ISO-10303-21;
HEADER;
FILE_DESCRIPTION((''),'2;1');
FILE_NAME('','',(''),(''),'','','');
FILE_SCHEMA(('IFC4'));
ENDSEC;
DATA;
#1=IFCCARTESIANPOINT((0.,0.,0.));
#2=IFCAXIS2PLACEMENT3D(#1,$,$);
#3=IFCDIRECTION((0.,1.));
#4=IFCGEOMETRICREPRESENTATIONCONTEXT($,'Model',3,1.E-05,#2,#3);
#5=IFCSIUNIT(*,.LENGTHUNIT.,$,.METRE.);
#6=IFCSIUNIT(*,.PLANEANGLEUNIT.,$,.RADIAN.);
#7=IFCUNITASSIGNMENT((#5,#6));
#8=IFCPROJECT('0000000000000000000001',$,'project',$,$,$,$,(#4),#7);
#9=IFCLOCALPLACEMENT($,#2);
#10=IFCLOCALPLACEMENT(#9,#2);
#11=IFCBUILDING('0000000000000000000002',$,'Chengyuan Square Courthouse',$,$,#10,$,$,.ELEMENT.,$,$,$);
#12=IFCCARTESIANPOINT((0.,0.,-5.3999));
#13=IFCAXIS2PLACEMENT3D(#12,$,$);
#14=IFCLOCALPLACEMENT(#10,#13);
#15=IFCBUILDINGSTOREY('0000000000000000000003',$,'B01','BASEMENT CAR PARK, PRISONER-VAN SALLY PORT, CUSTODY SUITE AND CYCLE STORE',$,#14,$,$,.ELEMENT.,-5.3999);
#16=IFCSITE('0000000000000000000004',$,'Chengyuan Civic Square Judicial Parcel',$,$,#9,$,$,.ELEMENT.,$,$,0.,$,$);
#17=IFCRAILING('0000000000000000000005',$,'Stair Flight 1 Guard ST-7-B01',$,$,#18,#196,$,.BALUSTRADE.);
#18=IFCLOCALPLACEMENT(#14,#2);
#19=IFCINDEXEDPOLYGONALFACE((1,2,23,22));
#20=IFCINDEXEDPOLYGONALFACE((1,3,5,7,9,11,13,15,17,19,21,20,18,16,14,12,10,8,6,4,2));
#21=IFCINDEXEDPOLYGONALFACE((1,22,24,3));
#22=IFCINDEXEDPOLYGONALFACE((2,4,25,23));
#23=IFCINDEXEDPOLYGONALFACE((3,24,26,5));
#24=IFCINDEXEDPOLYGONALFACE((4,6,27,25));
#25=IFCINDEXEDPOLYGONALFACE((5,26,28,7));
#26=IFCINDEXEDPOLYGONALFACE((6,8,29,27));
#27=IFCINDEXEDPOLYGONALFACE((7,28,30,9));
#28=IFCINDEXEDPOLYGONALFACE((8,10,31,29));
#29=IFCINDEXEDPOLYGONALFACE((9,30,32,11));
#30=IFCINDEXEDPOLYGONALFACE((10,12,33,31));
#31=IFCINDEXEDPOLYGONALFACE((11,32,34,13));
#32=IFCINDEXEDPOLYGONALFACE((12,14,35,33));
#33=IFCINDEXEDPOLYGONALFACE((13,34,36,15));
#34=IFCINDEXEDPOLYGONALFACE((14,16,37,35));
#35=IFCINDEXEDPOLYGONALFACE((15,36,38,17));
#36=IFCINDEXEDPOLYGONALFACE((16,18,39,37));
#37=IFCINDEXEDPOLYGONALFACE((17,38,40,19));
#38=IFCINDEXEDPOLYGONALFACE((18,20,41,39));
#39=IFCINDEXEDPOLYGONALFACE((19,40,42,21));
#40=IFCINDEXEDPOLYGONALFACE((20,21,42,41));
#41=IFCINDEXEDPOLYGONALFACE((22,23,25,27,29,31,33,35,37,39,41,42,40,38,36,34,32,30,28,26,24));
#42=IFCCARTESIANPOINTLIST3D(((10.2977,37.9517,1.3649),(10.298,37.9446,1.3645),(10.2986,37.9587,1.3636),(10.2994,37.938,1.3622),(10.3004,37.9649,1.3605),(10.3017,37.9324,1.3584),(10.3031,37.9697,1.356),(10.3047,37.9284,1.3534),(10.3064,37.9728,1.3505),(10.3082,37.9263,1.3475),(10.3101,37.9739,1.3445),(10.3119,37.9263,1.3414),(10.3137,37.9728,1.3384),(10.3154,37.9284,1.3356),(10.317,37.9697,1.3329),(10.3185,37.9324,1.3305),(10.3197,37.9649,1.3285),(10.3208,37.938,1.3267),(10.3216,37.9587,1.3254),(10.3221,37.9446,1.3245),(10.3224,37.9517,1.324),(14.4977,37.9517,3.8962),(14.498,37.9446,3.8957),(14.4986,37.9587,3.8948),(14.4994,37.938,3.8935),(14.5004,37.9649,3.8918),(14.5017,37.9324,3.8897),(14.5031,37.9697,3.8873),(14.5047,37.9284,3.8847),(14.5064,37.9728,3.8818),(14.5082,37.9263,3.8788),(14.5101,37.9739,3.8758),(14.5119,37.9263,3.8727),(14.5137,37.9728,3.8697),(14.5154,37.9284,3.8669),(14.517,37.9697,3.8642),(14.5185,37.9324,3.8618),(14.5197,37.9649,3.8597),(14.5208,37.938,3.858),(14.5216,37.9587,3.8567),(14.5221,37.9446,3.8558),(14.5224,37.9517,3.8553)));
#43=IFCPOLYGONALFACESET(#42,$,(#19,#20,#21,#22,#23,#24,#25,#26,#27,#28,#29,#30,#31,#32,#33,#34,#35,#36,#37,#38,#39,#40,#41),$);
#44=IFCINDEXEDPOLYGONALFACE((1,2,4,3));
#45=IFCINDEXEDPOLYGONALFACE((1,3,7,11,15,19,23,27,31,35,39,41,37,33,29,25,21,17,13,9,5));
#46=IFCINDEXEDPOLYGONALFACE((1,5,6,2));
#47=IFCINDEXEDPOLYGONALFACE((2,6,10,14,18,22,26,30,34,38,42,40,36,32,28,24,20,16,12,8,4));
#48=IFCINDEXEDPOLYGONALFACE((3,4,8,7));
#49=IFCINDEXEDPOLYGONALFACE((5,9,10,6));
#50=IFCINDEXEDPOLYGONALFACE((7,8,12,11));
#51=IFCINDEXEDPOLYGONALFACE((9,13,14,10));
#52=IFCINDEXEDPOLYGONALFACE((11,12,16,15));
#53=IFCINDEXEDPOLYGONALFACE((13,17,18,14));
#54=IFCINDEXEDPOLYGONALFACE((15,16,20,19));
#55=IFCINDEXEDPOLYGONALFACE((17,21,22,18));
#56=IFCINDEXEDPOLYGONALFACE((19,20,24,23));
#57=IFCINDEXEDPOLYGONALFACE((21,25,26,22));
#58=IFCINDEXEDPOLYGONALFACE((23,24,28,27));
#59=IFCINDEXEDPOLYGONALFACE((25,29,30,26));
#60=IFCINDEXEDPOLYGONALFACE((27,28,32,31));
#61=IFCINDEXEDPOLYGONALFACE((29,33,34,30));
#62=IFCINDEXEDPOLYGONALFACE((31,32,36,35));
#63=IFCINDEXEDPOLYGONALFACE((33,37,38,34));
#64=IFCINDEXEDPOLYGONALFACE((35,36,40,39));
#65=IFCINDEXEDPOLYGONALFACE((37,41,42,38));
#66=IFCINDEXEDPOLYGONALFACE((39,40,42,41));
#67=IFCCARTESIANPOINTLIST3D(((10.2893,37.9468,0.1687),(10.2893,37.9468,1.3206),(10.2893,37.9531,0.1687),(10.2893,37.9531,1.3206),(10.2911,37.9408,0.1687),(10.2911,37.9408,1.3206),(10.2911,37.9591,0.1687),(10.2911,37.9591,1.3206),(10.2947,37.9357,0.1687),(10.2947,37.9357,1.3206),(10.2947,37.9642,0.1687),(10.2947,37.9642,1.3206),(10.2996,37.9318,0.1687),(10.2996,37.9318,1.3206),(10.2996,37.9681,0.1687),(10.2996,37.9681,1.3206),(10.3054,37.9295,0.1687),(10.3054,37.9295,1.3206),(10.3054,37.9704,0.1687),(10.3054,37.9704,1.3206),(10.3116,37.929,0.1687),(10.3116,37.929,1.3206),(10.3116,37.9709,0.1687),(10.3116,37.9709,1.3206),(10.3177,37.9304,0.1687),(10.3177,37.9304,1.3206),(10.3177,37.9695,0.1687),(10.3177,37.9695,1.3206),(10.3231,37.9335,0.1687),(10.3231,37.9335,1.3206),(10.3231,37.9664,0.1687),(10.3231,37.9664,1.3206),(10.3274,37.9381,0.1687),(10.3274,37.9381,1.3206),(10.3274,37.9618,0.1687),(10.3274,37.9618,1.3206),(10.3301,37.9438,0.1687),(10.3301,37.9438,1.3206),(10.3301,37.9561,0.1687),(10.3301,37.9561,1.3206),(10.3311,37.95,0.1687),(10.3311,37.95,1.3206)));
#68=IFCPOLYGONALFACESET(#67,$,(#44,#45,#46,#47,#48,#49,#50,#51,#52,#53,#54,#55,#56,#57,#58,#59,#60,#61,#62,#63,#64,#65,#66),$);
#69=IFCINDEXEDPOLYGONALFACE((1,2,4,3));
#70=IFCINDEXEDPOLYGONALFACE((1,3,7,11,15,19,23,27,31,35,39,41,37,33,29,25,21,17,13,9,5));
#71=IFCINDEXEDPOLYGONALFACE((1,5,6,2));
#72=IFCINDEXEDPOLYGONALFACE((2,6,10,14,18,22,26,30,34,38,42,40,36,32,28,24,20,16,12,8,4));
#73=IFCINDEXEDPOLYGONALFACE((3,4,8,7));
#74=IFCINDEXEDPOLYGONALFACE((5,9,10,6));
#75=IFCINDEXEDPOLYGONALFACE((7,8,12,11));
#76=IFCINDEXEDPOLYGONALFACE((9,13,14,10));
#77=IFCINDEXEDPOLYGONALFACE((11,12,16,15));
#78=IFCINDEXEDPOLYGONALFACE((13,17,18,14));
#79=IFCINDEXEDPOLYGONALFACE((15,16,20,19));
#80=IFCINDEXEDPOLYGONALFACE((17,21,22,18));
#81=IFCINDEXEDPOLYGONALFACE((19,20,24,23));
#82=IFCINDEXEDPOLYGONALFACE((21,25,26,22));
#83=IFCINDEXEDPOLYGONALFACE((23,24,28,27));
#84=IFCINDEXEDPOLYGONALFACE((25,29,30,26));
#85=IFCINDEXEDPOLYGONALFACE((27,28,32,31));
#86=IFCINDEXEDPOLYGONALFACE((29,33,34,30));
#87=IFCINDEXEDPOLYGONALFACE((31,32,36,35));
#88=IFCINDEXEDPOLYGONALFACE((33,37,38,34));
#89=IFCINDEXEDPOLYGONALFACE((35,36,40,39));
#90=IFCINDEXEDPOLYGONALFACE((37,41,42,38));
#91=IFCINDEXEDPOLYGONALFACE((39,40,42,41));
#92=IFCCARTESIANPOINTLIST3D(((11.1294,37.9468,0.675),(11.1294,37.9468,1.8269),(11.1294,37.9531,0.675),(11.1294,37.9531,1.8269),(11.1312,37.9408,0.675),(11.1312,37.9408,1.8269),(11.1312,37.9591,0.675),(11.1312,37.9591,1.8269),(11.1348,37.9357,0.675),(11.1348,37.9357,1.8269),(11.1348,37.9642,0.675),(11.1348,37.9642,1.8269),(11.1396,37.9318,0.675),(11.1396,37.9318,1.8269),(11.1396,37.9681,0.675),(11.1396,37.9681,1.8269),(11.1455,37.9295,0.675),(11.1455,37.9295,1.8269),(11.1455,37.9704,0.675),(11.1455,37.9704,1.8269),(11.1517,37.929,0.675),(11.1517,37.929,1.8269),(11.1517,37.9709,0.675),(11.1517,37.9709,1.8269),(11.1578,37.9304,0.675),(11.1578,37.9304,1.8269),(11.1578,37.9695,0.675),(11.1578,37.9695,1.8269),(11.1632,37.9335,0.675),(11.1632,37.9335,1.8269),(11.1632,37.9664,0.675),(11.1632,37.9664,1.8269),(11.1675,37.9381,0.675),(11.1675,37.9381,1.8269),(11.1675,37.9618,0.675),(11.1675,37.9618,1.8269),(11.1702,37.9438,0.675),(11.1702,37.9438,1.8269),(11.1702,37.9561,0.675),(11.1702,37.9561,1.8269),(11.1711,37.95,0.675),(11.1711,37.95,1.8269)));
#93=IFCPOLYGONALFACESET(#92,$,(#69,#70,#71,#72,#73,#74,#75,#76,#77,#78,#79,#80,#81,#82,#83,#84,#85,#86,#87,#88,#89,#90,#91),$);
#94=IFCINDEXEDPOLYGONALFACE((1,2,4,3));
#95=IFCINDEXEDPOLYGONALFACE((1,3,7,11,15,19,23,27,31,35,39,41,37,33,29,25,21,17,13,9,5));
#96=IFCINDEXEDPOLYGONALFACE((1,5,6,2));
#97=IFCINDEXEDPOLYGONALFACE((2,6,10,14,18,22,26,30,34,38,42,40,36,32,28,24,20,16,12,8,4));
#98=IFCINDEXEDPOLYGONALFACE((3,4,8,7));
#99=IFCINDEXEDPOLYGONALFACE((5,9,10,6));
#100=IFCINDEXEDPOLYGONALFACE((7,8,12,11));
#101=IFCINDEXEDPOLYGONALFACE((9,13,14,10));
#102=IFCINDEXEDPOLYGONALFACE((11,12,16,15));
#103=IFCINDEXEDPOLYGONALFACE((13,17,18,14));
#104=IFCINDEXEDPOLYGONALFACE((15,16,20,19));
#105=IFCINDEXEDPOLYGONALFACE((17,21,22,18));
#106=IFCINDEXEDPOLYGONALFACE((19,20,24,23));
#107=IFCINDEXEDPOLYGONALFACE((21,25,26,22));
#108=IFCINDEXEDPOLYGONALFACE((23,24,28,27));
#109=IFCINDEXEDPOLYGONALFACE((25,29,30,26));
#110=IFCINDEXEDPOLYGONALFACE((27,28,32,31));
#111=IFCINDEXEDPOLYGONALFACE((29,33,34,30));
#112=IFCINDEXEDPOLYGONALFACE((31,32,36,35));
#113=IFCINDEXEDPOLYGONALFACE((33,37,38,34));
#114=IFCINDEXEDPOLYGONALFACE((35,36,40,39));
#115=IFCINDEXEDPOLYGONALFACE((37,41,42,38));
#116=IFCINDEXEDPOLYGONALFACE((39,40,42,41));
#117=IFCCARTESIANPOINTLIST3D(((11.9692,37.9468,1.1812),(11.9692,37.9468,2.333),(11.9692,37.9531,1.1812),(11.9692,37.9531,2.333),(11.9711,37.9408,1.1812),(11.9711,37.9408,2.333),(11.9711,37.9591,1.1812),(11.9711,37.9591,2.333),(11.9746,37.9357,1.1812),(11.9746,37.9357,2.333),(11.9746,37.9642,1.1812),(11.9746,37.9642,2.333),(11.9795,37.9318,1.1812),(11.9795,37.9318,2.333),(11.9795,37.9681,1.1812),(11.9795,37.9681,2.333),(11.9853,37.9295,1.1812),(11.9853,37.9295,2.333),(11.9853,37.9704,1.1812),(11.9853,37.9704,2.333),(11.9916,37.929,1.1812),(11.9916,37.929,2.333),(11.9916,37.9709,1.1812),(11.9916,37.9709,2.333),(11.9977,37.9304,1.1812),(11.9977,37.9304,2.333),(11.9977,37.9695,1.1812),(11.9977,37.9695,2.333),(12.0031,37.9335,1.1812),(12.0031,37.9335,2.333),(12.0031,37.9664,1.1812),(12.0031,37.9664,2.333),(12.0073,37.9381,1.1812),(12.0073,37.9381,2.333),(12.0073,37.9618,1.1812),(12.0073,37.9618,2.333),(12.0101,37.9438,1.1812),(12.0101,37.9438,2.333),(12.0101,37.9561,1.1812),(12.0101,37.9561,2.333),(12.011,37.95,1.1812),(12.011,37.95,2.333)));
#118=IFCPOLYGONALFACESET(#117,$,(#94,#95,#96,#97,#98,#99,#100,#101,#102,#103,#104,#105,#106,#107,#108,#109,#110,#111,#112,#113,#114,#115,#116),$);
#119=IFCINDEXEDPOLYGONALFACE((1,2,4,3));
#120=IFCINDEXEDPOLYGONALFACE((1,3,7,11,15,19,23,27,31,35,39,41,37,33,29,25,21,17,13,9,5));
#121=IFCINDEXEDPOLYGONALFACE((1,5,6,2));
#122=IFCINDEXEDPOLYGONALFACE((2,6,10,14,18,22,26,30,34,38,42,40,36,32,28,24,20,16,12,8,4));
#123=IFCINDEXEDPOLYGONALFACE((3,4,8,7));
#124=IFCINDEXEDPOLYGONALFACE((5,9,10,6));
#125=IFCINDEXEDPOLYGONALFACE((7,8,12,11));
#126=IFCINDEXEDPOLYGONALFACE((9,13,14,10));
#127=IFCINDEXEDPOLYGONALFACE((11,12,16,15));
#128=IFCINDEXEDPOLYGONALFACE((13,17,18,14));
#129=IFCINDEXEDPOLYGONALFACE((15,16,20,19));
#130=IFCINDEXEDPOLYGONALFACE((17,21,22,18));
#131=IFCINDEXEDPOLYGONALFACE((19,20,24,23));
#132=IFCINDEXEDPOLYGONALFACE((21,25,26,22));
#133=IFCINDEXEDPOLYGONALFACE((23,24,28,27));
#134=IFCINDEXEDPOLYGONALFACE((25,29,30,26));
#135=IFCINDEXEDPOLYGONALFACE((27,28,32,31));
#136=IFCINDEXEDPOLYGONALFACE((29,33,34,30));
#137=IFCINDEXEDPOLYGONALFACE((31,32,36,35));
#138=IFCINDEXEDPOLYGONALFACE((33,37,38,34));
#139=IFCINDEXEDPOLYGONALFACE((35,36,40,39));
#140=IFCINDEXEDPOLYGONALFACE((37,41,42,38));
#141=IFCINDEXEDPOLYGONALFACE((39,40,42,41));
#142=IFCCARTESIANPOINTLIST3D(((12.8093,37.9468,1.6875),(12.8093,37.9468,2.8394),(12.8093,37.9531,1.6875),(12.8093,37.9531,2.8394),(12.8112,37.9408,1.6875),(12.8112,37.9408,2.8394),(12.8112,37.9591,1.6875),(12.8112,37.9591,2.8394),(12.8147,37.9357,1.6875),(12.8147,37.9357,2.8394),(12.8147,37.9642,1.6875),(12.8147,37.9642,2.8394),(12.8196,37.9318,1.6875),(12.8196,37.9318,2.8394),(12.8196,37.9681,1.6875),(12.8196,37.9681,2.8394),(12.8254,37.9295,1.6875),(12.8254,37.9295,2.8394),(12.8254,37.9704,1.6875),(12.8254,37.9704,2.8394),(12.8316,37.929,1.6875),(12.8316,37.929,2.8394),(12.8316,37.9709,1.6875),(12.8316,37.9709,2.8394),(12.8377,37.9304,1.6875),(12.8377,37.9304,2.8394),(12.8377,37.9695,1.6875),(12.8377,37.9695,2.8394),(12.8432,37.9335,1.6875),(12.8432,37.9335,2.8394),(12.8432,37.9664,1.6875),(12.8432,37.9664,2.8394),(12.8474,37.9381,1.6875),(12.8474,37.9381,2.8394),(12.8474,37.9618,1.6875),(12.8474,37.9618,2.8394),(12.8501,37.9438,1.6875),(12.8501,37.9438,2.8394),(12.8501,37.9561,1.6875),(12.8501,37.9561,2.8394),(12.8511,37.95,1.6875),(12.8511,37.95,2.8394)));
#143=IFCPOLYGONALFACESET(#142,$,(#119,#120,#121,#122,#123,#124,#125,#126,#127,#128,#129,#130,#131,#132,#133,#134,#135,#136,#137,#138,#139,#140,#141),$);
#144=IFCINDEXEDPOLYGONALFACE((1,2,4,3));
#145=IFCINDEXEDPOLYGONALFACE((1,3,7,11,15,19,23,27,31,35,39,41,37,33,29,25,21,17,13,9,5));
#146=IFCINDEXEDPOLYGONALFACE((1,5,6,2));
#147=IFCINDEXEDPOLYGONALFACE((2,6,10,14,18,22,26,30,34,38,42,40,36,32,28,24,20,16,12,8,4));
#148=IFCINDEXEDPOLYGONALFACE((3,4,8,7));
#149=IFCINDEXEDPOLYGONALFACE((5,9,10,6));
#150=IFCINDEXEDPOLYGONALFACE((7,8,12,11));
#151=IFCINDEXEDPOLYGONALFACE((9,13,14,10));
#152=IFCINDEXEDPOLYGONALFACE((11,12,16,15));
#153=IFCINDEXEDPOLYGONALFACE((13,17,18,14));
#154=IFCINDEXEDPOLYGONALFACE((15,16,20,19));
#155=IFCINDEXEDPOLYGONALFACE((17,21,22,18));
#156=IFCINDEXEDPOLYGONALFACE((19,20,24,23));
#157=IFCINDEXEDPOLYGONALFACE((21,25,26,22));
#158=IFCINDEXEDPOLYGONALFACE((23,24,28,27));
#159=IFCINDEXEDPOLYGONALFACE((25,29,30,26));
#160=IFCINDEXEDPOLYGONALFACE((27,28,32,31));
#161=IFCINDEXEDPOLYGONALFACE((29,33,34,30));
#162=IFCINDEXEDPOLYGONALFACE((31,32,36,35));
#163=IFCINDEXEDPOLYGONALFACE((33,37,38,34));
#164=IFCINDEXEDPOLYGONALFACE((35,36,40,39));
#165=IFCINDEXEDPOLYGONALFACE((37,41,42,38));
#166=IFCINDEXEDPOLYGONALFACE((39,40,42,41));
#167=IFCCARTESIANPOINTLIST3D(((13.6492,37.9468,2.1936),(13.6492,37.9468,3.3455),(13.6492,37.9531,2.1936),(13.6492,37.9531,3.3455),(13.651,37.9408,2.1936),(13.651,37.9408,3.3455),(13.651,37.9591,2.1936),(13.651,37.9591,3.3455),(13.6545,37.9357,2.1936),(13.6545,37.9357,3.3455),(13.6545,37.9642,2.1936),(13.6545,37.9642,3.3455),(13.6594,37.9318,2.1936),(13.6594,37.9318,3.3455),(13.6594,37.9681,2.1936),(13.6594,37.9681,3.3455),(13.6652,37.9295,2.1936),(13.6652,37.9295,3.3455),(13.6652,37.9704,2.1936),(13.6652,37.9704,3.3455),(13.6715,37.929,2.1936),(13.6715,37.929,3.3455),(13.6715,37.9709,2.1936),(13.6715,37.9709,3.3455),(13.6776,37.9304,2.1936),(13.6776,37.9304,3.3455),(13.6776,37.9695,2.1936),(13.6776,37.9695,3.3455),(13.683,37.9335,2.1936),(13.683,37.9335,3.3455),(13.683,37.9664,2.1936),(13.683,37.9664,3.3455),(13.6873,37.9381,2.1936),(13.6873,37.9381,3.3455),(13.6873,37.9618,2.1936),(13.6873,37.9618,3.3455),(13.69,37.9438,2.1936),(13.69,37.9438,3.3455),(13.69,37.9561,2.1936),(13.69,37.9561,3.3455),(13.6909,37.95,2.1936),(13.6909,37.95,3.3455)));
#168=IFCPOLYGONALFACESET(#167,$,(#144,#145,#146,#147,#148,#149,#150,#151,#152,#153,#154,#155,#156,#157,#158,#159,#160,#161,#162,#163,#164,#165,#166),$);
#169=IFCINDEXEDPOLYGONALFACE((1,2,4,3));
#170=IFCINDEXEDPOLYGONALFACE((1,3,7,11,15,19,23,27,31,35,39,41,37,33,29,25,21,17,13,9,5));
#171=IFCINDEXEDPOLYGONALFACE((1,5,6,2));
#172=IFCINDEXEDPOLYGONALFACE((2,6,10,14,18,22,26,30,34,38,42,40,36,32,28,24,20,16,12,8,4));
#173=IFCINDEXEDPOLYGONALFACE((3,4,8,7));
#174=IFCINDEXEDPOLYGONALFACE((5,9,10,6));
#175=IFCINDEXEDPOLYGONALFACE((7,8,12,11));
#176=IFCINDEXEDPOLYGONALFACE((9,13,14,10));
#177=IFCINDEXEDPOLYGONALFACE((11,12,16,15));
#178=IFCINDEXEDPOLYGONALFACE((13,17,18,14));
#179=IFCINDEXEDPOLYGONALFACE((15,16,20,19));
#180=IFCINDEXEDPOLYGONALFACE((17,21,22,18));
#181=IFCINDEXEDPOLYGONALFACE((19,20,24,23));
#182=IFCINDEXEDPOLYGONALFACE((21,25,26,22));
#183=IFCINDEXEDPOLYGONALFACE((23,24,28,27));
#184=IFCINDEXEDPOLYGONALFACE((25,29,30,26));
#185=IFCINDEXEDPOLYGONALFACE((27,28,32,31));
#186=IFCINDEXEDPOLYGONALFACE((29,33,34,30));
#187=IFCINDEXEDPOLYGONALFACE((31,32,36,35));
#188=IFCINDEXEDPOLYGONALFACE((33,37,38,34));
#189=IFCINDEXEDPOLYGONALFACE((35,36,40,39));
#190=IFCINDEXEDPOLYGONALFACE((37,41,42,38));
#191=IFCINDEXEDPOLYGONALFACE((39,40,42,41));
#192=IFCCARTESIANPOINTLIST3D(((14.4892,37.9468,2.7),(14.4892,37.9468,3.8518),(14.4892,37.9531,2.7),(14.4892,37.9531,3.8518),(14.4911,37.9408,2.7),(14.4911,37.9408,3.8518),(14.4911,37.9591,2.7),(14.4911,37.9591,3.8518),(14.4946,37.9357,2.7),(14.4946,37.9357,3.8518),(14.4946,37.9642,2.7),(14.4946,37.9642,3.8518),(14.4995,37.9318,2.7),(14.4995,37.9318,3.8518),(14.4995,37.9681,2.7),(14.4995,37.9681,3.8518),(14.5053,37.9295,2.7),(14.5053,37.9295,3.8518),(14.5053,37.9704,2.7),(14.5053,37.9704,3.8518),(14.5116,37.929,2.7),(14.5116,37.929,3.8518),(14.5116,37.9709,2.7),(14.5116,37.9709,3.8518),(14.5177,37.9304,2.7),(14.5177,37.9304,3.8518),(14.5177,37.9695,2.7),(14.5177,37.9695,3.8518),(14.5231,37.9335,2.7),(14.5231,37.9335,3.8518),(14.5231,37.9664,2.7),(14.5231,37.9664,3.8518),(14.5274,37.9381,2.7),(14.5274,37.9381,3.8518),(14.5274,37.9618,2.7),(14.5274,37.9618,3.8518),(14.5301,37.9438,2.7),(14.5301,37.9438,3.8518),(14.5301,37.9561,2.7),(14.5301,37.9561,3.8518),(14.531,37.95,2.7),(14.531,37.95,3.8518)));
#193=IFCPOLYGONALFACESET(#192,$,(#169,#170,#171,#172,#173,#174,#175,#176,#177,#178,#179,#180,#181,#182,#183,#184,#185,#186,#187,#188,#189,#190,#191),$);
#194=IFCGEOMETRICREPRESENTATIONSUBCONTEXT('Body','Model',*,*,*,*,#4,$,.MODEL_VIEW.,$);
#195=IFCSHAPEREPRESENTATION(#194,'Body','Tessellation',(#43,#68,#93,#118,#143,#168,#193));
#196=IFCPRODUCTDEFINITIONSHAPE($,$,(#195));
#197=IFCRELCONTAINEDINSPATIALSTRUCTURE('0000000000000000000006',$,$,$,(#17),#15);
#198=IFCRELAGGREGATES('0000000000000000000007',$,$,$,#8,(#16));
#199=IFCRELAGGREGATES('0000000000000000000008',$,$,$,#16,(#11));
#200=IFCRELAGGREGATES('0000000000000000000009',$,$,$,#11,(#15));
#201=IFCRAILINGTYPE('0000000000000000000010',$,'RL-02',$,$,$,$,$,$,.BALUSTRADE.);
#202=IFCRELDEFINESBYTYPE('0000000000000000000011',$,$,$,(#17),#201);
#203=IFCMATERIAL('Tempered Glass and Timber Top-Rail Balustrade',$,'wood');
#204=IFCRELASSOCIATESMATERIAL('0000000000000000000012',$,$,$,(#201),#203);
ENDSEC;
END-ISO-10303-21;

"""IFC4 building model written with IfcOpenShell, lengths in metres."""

from ifc_helpers import new_model, si_unit, direction, frame, origin, origin_2d, place, context, subcontext, project, spatial, circle, extrude, material, type_object, element, save


model = new_model("IFC4")

# Units and contexts
model_context = context("Model", 3, precision=1e-05, world=origin(), true_north=direction((0.0, 1.0)))
body_context = subcontext(model_context, "Body", "Model", "MODEL_VIEW")
ifc_project = project(units=[si_unit("LENGTHUNIT", "METRE"), si_unit("PLANEANGLEUNIT", "RADIAN")], contexts=[model_context])

# Site, building, storey
site_placement = place(None, origin())
site = spatial("IfcSite", under=ifc_project, at=site_placement, Name="Chengyuan Civic Square Judicial Parcel", CompositionType="ELEMENT", RefElevation=0.0)
building_placement = place(site_placement, origin())
building = spatial("IfcBuilding", under=site, at=building_placement, Name="Chengyuan Square Courthouse", CompositionType="ELEMENT")
storey_placement = place(building_placement, frame((0.0, 0.0, -5.3999)))
storey = spatial("IfcBuildingStorey", under=building, at=storey_placement, Name="B01", Description="BASEMENT CAR PARK, PRISONER-VAN SALLY PORT, CUSTODY SUITE AND CYCLE STORE", CompositionType="ELEMENT", Elevation=-5.3999)

# Railing
ifc_material_1 = material(Name="Tempered Glass and Timber Top-Rail Balustrade", Category="wood")
railing_type_1 = type_object("IfcRailingType", Name="RL-02", PredefinedType="BALUSTRADE", material=ifc_material_1)
railing_1_placement = place(storey_placement, frame((10.3101, 37.95, 0.1687)))
element("IfcRailing", 1, at=railing_1_placement, inside=storey, type_object=railing_type_1, Name="Stair Flight 1 Guard ST-7-B01", PredefinedType="BALUSTRADE", context=body_context, shape_type="SweptSolid", body=[
    extrude(circle(Radius=0.0239, at=origin_2d()), frame((0.0, 0.0, 1.1758), z_axis=(0.856476, 0.0, 0.516186), x_axis=(0.0, 1.0, 0.0)), (0.0, 0.0, 1.0), 4.9038),
    extrude(circle(Radius=0.021, at=origin_2d()), origin(), (0.0, 0.0, 1.0), 1.1519),
    extrude(circle(Radius=0.021, at=origin_2d()), frame((0.8401, 0.0, 0.5063)), (0.0, 0.0, 1.0), 1.1519),
    extrude(circle(Radius=0.021, at=origin_2d()), frame((1.6799, 0.0, 1.0125)), (0.0, 0.0, 1.0), 1.1519),
    extrude(circle(Radius=0.021, at=origin_2d()), frame((2.52, 0.0, 1.5188)), (0.0, 0.0, 1.0), 1.1519),
    extrude(circle(Radius=0.021, at=origin_2d()), frame((3.3599, 0.0, 2.0249)), (0.0, 0.0, 1.0), 1.1519),
    extrude(circle(Radius=0.021, at=origin_2d()), frame((4.2, 0.0, 2.5312)), (0.0, 0.0, 1.0), 1.1519),
])

save(model, "model.ifc")
